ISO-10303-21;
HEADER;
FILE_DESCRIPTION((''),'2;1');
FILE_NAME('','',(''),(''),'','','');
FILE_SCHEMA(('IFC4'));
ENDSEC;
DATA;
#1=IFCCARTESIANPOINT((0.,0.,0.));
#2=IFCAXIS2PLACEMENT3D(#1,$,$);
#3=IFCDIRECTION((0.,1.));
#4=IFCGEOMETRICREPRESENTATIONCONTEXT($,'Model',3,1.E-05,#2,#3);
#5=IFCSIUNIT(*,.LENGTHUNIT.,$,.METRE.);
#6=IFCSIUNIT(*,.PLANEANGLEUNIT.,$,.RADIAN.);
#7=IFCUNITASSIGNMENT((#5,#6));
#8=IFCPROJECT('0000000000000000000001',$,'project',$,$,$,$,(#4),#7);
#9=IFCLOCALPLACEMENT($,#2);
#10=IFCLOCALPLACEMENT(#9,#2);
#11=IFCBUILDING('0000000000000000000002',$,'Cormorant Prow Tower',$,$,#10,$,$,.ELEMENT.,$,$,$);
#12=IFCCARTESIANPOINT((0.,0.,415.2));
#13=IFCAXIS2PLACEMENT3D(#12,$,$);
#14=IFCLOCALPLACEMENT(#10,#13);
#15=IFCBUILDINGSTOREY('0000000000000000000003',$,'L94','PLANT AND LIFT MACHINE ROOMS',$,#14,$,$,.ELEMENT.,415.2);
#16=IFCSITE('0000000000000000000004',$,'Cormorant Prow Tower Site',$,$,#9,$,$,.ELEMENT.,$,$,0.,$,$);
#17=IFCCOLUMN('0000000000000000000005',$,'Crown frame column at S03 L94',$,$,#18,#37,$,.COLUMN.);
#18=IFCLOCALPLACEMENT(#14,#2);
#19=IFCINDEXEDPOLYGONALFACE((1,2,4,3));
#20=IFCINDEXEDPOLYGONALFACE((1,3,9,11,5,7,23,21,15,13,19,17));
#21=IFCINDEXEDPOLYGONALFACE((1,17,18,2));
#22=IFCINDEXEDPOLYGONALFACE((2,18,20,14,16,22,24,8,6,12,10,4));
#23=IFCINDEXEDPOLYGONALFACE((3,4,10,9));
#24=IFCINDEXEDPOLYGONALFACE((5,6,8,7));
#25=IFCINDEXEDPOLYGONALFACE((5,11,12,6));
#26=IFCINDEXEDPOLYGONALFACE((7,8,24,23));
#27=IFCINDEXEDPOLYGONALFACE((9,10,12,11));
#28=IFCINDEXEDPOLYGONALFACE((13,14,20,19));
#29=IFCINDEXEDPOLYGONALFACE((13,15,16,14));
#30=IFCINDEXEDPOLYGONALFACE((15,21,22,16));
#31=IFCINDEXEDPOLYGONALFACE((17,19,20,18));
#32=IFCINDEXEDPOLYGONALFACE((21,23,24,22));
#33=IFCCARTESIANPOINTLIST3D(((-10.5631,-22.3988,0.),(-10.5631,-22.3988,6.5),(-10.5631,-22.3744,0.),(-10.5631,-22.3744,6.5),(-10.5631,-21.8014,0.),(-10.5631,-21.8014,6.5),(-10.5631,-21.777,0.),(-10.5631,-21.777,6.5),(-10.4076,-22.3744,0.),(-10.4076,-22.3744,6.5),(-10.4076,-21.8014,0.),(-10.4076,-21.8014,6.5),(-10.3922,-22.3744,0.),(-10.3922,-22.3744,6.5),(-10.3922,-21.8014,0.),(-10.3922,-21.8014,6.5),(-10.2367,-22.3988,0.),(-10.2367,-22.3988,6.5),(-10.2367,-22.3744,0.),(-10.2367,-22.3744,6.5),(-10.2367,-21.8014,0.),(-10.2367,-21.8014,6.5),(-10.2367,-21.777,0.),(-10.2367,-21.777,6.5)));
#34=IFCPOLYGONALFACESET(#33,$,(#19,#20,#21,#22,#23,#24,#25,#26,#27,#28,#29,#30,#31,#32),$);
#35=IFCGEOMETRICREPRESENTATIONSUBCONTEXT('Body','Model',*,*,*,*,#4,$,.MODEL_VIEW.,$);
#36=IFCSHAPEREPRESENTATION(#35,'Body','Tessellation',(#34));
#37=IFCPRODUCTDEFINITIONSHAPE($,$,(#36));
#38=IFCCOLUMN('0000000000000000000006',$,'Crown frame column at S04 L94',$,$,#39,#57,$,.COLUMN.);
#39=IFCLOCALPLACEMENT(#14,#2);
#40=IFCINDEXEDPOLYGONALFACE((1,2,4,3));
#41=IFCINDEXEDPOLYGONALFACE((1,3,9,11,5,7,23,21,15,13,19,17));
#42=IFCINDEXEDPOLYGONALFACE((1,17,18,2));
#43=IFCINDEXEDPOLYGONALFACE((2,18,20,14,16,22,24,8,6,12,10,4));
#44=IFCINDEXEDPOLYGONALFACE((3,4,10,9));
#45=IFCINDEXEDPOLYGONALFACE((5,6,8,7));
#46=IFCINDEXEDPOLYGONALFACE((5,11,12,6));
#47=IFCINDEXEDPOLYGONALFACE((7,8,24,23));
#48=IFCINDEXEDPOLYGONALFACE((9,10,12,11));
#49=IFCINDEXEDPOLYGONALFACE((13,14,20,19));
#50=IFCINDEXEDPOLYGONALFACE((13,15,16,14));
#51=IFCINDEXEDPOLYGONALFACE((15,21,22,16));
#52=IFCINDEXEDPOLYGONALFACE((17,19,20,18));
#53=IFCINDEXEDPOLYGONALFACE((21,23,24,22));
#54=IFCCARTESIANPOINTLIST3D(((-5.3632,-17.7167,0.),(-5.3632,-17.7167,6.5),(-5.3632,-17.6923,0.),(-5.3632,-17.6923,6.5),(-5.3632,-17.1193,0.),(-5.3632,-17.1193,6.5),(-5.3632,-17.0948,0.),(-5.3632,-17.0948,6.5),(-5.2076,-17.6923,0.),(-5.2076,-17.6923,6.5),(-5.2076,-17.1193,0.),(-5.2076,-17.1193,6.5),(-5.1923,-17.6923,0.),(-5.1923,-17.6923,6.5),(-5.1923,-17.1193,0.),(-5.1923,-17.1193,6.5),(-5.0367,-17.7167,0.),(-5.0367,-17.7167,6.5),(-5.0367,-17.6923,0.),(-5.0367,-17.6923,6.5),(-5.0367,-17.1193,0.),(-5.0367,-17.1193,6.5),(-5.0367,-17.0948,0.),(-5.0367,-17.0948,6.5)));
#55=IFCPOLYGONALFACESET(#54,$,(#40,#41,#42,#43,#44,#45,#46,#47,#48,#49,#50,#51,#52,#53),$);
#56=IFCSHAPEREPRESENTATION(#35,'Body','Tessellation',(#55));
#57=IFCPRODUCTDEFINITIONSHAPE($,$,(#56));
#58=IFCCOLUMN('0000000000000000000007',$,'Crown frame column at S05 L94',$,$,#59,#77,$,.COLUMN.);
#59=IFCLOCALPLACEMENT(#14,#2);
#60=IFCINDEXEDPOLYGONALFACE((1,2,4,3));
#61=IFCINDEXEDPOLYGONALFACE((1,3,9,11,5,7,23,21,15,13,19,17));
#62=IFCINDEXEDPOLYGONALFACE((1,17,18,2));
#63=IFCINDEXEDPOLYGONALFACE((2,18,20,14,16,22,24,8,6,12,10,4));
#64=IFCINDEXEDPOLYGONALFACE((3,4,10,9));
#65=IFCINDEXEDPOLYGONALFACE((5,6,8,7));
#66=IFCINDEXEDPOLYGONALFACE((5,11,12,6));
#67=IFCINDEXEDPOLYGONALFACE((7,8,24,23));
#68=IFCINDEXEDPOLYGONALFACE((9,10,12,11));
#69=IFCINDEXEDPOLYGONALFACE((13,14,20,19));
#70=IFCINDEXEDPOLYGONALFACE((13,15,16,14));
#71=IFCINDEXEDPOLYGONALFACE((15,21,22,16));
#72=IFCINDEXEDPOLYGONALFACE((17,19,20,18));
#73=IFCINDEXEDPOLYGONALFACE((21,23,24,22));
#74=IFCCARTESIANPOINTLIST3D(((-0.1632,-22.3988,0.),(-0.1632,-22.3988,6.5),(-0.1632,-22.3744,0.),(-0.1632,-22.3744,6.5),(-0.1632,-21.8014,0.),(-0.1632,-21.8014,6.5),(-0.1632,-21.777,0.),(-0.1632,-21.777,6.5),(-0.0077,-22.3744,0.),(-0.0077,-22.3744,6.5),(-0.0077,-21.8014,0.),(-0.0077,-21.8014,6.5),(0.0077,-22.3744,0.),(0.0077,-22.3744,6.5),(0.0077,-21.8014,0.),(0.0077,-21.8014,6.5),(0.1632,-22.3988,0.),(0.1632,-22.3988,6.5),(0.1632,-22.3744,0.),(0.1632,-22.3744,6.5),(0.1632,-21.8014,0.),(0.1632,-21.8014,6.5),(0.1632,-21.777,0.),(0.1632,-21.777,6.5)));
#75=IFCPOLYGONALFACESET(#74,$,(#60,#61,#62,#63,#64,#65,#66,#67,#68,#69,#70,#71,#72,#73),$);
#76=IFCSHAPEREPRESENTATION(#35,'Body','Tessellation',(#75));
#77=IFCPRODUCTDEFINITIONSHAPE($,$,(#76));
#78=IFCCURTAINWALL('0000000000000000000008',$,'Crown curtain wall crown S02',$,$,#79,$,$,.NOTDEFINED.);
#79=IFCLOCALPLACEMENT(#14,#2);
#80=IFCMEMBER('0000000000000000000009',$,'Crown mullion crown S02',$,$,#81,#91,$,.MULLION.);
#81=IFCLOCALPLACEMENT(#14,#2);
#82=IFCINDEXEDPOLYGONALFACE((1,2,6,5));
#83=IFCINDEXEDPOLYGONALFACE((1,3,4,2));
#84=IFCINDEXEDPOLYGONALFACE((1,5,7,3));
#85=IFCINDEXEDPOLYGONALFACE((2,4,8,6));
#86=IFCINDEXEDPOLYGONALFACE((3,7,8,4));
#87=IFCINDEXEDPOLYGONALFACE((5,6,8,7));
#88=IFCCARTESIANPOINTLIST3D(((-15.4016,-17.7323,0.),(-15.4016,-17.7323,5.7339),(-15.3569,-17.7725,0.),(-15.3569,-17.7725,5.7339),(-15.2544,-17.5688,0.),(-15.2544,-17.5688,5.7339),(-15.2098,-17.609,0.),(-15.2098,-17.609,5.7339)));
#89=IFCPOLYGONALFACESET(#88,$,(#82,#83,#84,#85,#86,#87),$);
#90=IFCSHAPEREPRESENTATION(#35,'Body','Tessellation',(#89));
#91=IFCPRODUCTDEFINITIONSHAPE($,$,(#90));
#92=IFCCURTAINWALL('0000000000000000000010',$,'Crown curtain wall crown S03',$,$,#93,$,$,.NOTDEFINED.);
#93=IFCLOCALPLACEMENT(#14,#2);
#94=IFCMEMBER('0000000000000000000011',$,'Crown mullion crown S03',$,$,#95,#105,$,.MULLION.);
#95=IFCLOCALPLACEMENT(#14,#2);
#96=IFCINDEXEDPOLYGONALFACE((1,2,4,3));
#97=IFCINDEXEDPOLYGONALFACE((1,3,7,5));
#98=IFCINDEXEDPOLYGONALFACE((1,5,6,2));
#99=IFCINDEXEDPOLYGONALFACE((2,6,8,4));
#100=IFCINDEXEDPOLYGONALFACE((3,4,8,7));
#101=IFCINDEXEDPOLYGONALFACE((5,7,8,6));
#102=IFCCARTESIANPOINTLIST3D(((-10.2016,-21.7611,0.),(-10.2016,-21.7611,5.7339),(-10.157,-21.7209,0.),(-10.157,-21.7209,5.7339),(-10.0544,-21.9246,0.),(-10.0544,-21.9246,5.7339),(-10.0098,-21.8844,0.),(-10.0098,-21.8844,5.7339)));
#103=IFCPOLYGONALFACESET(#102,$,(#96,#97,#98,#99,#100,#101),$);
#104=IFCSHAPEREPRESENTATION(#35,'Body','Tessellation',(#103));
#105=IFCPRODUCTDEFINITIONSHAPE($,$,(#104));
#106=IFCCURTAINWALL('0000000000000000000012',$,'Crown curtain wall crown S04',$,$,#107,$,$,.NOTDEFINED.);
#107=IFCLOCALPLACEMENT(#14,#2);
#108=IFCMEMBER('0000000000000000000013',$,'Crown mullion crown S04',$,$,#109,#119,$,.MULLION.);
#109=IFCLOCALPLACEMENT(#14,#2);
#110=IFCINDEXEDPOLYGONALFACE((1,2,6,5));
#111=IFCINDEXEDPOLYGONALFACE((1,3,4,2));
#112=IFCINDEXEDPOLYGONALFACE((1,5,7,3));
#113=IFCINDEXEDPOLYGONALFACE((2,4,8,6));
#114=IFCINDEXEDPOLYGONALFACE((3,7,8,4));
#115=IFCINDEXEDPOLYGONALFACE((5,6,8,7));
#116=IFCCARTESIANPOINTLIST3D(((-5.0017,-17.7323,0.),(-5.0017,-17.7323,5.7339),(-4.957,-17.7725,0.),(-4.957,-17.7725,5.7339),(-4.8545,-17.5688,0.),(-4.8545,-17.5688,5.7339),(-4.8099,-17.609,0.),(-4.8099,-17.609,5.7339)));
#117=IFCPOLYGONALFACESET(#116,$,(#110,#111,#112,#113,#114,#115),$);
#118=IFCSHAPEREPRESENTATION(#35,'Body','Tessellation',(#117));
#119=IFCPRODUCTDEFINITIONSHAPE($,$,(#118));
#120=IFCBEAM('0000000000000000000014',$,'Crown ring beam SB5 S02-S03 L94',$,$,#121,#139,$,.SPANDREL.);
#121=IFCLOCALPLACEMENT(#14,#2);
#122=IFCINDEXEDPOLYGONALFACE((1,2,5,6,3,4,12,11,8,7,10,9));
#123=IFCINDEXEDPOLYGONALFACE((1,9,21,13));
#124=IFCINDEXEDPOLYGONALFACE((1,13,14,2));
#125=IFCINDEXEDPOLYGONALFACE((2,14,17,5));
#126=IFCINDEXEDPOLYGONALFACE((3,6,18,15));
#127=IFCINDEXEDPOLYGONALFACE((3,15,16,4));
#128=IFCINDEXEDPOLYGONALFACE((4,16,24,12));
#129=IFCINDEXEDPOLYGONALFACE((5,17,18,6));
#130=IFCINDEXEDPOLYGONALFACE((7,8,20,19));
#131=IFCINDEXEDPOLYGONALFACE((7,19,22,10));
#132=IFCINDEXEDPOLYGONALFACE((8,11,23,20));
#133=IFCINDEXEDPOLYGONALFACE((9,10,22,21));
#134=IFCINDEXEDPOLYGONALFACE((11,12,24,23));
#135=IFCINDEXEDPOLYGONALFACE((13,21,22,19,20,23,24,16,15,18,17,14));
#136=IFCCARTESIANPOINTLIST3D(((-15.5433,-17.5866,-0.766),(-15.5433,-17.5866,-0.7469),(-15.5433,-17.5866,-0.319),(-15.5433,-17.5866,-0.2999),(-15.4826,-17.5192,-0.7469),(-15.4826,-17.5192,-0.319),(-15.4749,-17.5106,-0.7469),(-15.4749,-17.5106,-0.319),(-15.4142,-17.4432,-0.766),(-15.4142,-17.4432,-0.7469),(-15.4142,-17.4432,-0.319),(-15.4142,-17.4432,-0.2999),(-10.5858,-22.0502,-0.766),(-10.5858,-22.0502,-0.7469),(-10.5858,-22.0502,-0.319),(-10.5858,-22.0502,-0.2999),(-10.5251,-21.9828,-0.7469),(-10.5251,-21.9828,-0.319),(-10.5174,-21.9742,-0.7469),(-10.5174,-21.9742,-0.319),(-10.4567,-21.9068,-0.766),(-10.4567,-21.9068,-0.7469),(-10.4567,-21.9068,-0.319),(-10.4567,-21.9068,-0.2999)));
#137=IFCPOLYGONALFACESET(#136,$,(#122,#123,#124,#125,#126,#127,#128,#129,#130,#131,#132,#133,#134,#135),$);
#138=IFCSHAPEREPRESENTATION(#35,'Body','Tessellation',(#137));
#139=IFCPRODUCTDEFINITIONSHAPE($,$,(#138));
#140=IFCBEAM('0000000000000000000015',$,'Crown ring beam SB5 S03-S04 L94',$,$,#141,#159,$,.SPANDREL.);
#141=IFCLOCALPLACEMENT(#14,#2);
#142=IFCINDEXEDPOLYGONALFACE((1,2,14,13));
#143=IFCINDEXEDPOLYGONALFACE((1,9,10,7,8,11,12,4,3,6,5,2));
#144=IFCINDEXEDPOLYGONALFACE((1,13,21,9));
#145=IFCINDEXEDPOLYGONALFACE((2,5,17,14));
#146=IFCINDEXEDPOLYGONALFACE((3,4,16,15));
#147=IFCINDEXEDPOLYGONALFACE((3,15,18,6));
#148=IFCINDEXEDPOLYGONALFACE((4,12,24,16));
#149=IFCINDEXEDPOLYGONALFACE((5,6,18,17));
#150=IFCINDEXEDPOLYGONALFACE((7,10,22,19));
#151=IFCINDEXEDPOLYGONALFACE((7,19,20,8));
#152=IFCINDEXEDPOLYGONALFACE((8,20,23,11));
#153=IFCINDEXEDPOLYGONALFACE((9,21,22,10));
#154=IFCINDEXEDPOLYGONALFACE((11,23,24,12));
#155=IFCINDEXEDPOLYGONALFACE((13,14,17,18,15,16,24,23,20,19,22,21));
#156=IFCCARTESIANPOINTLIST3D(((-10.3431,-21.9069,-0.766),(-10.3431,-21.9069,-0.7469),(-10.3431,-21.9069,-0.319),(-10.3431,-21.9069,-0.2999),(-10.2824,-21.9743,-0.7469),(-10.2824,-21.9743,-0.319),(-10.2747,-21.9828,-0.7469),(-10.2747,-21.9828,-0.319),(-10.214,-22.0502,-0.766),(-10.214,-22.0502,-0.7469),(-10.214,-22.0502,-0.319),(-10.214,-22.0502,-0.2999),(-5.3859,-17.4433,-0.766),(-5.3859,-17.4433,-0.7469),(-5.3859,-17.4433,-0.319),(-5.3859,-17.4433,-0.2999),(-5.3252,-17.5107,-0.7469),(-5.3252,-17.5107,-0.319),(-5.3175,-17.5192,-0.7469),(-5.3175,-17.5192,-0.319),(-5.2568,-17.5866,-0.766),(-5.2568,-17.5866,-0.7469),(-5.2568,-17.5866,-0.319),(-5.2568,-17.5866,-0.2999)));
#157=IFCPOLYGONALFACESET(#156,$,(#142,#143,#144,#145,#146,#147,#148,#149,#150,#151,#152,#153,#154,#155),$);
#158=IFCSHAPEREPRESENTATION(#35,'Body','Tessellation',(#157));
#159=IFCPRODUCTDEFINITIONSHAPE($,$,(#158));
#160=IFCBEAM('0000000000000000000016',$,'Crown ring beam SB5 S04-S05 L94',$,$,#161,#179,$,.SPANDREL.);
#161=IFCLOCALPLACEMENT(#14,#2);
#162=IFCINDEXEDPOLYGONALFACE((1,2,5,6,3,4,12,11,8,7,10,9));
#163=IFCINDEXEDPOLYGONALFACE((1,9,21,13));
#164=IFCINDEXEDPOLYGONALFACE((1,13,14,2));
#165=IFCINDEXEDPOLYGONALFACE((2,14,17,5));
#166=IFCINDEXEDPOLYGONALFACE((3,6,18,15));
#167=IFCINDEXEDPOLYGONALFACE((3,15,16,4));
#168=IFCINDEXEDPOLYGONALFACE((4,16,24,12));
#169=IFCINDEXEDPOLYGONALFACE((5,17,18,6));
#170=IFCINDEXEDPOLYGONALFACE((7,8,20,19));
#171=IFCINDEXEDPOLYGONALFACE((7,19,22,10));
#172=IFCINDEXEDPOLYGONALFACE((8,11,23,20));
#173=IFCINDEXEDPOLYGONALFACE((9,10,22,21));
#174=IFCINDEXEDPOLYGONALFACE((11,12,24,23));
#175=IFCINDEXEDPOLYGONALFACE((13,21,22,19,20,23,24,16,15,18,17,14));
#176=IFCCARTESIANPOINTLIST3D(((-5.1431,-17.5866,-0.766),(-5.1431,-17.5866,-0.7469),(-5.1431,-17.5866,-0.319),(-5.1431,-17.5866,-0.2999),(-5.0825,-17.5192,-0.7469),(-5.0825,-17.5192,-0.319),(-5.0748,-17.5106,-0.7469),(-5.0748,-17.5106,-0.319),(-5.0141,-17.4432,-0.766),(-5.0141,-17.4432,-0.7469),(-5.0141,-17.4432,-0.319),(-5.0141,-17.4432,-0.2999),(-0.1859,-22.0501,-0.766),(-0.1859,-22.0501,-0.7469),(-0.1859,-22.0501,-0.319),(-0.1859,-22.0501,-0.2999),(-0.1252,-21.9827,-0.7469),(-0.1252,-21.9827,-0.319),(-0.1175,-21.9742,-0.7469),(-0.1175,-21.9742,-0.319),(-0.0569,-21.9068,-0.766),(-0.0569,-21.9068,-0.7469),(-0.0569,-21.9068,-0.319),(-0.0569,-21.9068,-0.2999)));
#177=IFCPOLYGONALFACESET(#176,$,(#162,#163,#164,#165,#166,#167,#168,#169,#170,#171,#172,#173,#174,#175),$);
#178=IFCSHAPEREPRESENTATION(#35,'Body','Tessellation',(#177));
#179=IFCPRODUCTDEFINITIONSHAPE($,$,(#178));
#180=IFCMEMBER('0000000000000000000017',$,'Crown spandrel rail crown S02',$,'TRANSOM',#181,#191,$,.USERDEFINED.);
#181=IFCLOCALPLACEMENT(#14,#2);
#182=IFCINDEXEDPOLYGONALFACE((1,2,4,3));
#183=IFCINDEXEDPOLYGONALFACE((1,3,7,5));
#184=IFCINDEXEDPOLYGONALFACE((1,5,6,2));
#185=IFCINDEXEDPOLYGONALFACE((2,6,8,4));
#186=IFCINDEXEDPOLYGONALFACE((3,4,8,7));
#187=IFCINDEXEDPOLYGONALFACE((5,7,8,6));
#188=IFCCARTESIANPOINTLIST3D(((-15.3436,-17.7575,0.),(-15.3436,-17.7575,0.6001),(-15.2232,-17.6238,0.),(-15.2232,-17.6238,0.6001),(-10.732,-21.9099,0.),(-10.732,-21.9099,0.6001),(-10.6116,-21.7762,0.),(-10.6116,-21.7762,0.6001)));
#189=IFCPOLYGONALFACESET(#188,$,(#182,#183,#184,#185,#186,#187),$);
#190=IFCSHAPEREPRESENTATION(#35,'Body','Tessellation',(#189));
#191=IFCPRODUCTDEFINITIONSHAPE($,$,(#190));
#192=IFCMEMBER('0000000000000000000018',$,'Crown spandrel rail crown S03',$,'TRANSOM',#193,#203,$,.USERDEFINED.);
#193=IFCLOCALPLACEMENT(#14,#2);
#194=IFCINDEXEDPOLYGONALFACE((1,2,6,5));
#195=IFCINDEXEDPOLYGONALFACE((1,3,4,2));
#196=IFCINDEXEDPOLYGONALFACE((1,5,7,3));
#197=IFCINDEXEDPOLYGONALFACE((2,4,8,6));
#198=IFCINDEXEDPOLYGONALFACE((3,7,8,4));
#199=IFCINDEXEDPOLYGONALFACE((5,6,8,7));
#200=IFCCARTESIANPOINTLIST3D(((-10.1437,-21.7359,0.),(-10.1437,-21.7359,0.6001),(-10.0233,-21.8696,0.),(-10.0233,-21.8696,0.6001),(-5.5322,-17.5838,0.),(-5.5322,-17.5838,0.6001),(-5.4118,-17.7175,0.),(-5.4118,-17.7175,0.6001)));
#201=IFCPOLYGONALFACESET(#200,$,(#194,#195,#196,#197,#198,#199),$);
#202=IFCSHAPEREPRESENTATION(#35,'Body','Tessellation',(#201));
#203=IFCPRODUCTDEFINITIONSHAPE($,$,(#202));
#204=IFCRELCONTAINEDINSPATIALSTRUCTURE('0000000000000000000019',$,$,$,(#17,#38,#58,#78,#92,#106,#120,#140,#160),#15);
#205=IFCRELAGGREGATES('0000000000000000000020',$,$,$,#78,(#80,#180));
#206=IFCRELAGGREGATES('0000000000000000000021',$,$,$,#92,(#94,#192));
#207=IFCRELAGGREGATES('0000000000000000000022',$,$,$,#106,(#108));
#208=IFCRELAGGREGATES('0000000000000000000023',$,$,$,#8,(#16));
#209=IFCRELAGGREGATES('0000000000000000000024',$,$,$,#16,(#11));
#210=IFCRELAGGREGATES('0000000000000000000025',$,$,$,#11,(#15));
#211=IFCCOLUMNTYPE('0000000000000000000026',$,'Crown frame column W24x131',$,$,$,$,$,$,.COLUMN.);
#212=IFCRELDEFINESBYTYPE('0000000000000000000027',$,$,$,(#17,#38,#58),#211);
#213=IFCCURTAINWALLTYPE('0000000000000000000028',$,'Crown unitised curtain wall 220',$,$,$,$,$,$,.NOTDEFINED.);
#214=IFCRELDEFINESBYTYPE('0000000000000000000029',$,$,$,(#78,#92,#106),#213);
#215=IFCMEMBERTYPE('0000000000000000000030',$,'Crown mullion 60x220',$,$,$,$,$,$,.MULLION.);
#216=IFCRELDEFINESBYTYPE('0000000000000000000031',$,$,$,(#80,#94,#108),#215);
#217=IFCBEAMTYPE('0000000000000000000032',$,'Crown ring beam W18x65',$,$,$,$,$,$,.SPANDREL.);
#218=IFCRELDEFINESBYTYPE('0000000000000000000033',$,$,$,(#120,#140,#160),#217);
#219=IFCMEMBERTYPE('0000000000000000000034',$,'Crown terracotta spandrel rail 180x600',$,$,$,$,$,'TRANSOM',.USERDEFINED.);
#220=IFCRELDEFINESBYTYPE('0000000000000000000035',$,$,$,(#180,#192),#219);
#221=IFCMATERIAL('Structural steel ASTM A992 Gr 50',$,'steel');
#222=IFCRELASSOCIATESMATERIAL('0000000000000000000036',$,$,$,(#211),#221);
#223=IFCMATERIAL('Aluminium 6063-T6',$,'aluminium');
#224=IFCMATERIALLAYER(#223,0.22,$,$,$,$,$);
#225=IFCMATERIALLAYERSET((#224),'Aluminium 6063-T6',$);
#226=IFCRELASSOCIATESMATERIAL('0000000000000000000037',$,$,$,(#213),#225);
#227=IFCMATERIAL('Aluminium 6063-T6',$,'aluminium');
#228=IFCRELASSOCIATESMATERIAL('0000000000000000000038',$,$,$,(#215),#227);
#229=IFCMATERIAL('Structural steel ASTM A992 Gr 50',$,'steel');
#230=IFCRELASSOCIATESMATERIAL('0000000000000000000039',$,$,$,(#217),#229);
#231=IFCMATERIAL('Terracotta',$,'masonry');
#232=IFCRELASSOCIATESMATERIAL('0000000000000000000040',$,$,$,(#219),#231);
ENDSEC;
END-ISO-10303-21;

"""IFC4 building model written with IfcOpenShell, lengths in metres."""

from ifc_helpers import new_model, si_unit, direction, frame, origin, origin_2d, place, context, subcontext, project, spatial, rectangle, i_section, extrude, material, layer, layer_set, material_profile, profile_set, type_object, element, aggregate, save


model = new_model("IFC4")

# Units and contexts
model_context = context("Model", 3, precision=1e-05, world=origin(), true_north=direction((0.0, 1.0)))
body_context = subcontext(model_context, "Body", "Model", "MODEL_VIEW")
ifc_project = project(units=[si_unit("LENGTHUNIT", "METRE"), si_unit("PLANEANGLEUNIT", "RADIAN")], contexts=[model_context])

# Site, building, storey
site_placement = place(None, origin())
site = spatial("IfcSite", under=ifc_project, at=site_placement, Name="Cormorant Prow Tower Site", CompositionType="ELEMENT", RefElevation=0.0)
building_placement = place(site_placement, origin())
building = spatial("IfcBuilding", under=site, at=building_placement, Name="Cormorant Prow Tower", CompositionType="ELEMENT")
storey_placement = place(building_placement, frame((0.0, 0.0, 415.2)))
storey = spatial("IfcBuildingStorey", under=building, at=storey_placement, Name="L94", Description="PLANT AND LIFT MACHINE ROOMS", CompositionType="ELEMENT", Elevation=415.2)

# Columns
ifc_material_1 = material(Name="Structural steel ASTM A992 Gr 50", Category="steel")
ifc_material_profile_1 = material_profile(ifc_material_1, i_section(OverallWidth=0.3264, OverallDepth=0.6218, WebThickness=0.0154, FlangeThickness=0.0244, at=origin_2d()), Name="W24x131")
ifc_profile_set_1 = profile_set([ifc_material_profile_1], Name="Structural steel ASTM A992 Gr 50")
column_type = type_object("IfcColumnType", Name="Crown frame column W24x131", PredefinedType="COLUMN", material=ifc_profile_set_1)
for number, where, z_axis, x_axis, name in (
    (1, (-10.3999, -22.0879, 0.0), (0.0, 0.0, 1.0), (1.0, 0.0, 0.0), "Crown frame column at S03 L94"),
    (2, (-5.2, -17.4058, 0.0), (0.0, 0.0, 1.0), (1.0, 0.0, 0.0), "Crown frame column at S04 L94"),
    (3, (0.0, -22.0879, 0.0), (0.0, 0.0, 1.0), (1.0, 0.0, 0.0), "Crown frame column at S05 L94"),
):
    element("IfcColumn", number, at=place(storey_placement, frame(where, z_axis=z_axis, x_axis=x_axis)), inside=storey, type_object=column_type, Name=name, PredefinedType="COLUMN", context=body_context, shape_type="SweptSolid", body=[
        extrude(i_section(OverallWidth=0.3264, OverallDepth=0.6218, WebThickness=0.0154, FlangeThickness=0.0244, at=origin_2d()), origin(), (0.0, 0.0, 1.0), 6.5),
    ])

# Curtain walls, members
ifc_material_2 = material(Name="Aluminium 6063-T6", Category="aluminium")
ifc_layer_1 = layer(ifc_material_2, 0.22)
ifc_layer_set_1 = layer_set([ifc_layer_1], Name="Aluminium 6063-T6")
curtain_wall_type = type_object("IfcCurtainWallType", Name="Crown unitised curtain wall 220", PredefinedType="NOTDEFINED", material=ifc_layer_set_1)
curtain_wall_1_placement = place(storey_placement, origin())
curtain_wall_1 = element("IfcCurtainWall", 4, at=curtain_wall_1_placement, inside=storey, type_object=curtain_wall_type, Name="Crown curtain wall crown S02", PredefinedType="NOTDEFINED")
ifc_material_3 = material(Name="Aluminium 6063-T6", Category="aluminium")
ifc_material_profile_2 = material_profile(ifc_material_3, rectangle(XDim=0.22, YDim=0.0601, at=origin_2d()), Name="Crown mullion 60x220")
ifc_profile_set_2 = profile_set([ifc_material_profile_2], Name="Aluminium 6063-T6")
member_type_1 = type_object("IfcMemberType", Name="Crown mullion 60x220", PredefinedType="MULLION", material=ifc_profile_set_2)
member_1_placement = place(storey_placement, frame((-15.3057, -17.6707, 0.0), z_axis=(0.0, 0.0, 1.0), x_axis=(0.669131, 0.743145, 0.0)))
member_1 = element("IfcMember", 5, at=member_1_placement, type_object=member_type_1, Name="Crown mullion crown S02", PredefinedType="MULLION", context=body_context, shape_type="SweptSolid", body=[
    extrude(rectangle(XDim=0.22, YDim=0.0601, at=origin_2d()), origin(), (0.0, 0.0, 1.0), 5.7339),
])
curtain_wall_2_placement = place(storey_placement, origin())
curtain_wall_2 = element("IfcCurtainWall", 6, at=curtain_wall_2_placement, inside=storey, type_object=curtain_wall_type, Name="Crown curtain wall crown S03", PredefinedType="NOTDEFINED")
member_2_placement = place(storey_placement, frame((-10.1057, -21.8228, 0.0), z_axis=(0.0, 0.0, 1.0), x_axis=(-0.669131, 0.743145, 0.0)))
member_2 = element("IfcMember", 7, at=member_2_placement, type_object=member_type_1, Name="Crown mullion crown S03", PredefinedType="MULLION", context=body_context, shape_type="SweptSolid", body=[
    extrude(rectangle(XDim=0.22, YDim=0.0601, at=origin_2d()), origin(), (0.0, 0.0, 1.0), 5.7339),
])
curtain_wall_3_placement = place(storey_placement, origin())
curtain_wall_3 = element("IfcCurtainWall", 8, at=curtain_wall_3_placement, inside=storey, type_object=curtain_wall_type, Name="Crown curtain wall crown S04", PredefinedType="NOTDEFINED")
member_3_placement = place(storey_placement, frame((-4.9058, -17.6707, 0.0), z_axis=(0.0, 0.0, 1.0), x_axis=(0.669131, 0.743145, 0.0)))
member_3 = element("IfcMember", 9, at=member_3_placement, type_object=member_type_1, Name="Crown mullion crown S04", PredefinedType="MULLION", context=body_context, shape_type="SweptSolid", body=[
    extrude(rectangle(XDim=0.22, YDim=0.0601, at=origin_2d()), origin(), (0.0, 0.0, 1.0), 5.7339),
])

# Beams
ifc_material_4 = material(Name="Structural steel ASTM A992 Gr 50", Category="steel")
ifc_material_profile_3 = material_profile(ifc_material_4, i_section(OverallWidth=0.1929, OverallDepth=0.4661, WebThickness=0.0115, FlangeThickness=0.019, at=origin_2d()), Name="W18x65")
ifc_profile_set_3 = profile_set([ifc_material_profile_3], Name="Structural steel ASTM A992 Gr 50")
beam_type = type_object("IfcBeamType", Name="Crown ring beam W18x65", PredefinedType="SPANDREL", material=ifc_profile_set_3)
beam_placement = place(storey_placement, frame((-15.4788, -17.5149, -0.533), z_axis=(0.743156, -0.669118, 0.0), x_axis=(0.669118, 0.743156, 0.0)))
element("IfcBeam", 10, at=beam_placement, inside=storey, type_object=beam_type, Name="Crown ring beam SB5 S02-S03 L94", PredefinedType="SPANDREL", context=body_context, shape_type="SweptSolid", body=[
    extrude(i_section(OverallWidth=0.1929, OverallDepth=0.4661, WebThickness=0.0115, FlangeThickness=0.019, at=origin_2d()), origin(), (0.0, 0.0, 1.0), 6.6709),
])
for number, where, z_axis, x_axis, name in (
    (11, (-10.2786, -21.9785, -0.533), (0.743139, 0.669137, 0.0), (-0.669137, 0.743139, 0.0), "Crown ring beam SB5 S03-S04 L94"),
    (12, (-5.0786, -17.5149, -0.533), (0.743139, -0.669137, 0.0), (0.669137, 0.743139, 0.0), "Crown ring beam SB5 S04-S05 L94"),
):
    element("IfcBeam", number, at=place(storey_placement, frame(where, z_axis=z_axis, x_axis=x_axis)), inside=storey, type_object=beam_type, Name=name, PredefinedType="SPANDREL", context=body_context, shape_type="SweptSolid", body=[
        extrude(i_section(OverallWidth=0.1929, OverallDepth=0.4661, WebThickness=0.0115, FlangeThickness=0.019, at=origin_2d()), origin(), (0.0, 0.0, 1.0), 6.6707),
    ])

# Members
ifc_material_5 = material(Name="Terracotta", Category="masonry")
ifc_material_profile_4 = material_profile(ifc_material_5, rectangle(XDim=0.1799, YDim=0.6001, at=origin_2d()), Name="Crown terracotta spandrel rail 180x600")
ifc_profile_set_4 = profile_set([ifc_material_profile_4], Name="Terracotta")
member_type_2 = type_object("IfcMemberType", Name="Crown terracotta spandrel rail 180x600", ElementType="TRANSOM", PredefinedType="USERDEFINED", material=ifc_profile_set_4)
member_4_placement = place(storey_placement, frame((-15.2834, -17.6907, 0.3), z_axis=(0.74314, -0.669136, 0.0), x_axis=(0.669136, 0.74314, 0.0)))
member_4 = element("IfcMember", 13, at=member_4_placement, type_object=member_type_2, Name="Crown spandrel rail crown S02", ObjectType="TRANSOM", PredefinedType="USERDEFINED", context=body_context, shape_type="SweptSolid", body=[
    extrude(rectangle(XDim=0.1799, YDim=0.6001, at=origin_2d()), origin(), (0.0, 0.0, 1.0), 6.2056),
])
member_5_placement = place(storey_placement, frame((-10.0835, -21.8027, 0.3), z_axis=(0.743159, 0.669115, 0.0), x_axis=(-0.669115, 0.743159, 0.0)))
member_5 = element("IfcMember", 14, at=member_5_placement, type_object=member_type_2, Name="Crown spandrel rail crown S03", ObjectType="TRANSOM", PredefinedType="USERDEFINED", context=body_context, shape_type="SweptSolid", body=[
    extrude(rectangle(XDim=0.1799, YDim=0.6001, at=origin_2d()), origin(), (0.0, 0.0, 1.0), 6.2053),
])

aggregate(curtain_wall_1, [member_1, member_4])
aggregate(curtain_wall_2, [member_2, member_5])
aggregate(curtain_wall_3, [member_3])

save(model, "model.ifc")
